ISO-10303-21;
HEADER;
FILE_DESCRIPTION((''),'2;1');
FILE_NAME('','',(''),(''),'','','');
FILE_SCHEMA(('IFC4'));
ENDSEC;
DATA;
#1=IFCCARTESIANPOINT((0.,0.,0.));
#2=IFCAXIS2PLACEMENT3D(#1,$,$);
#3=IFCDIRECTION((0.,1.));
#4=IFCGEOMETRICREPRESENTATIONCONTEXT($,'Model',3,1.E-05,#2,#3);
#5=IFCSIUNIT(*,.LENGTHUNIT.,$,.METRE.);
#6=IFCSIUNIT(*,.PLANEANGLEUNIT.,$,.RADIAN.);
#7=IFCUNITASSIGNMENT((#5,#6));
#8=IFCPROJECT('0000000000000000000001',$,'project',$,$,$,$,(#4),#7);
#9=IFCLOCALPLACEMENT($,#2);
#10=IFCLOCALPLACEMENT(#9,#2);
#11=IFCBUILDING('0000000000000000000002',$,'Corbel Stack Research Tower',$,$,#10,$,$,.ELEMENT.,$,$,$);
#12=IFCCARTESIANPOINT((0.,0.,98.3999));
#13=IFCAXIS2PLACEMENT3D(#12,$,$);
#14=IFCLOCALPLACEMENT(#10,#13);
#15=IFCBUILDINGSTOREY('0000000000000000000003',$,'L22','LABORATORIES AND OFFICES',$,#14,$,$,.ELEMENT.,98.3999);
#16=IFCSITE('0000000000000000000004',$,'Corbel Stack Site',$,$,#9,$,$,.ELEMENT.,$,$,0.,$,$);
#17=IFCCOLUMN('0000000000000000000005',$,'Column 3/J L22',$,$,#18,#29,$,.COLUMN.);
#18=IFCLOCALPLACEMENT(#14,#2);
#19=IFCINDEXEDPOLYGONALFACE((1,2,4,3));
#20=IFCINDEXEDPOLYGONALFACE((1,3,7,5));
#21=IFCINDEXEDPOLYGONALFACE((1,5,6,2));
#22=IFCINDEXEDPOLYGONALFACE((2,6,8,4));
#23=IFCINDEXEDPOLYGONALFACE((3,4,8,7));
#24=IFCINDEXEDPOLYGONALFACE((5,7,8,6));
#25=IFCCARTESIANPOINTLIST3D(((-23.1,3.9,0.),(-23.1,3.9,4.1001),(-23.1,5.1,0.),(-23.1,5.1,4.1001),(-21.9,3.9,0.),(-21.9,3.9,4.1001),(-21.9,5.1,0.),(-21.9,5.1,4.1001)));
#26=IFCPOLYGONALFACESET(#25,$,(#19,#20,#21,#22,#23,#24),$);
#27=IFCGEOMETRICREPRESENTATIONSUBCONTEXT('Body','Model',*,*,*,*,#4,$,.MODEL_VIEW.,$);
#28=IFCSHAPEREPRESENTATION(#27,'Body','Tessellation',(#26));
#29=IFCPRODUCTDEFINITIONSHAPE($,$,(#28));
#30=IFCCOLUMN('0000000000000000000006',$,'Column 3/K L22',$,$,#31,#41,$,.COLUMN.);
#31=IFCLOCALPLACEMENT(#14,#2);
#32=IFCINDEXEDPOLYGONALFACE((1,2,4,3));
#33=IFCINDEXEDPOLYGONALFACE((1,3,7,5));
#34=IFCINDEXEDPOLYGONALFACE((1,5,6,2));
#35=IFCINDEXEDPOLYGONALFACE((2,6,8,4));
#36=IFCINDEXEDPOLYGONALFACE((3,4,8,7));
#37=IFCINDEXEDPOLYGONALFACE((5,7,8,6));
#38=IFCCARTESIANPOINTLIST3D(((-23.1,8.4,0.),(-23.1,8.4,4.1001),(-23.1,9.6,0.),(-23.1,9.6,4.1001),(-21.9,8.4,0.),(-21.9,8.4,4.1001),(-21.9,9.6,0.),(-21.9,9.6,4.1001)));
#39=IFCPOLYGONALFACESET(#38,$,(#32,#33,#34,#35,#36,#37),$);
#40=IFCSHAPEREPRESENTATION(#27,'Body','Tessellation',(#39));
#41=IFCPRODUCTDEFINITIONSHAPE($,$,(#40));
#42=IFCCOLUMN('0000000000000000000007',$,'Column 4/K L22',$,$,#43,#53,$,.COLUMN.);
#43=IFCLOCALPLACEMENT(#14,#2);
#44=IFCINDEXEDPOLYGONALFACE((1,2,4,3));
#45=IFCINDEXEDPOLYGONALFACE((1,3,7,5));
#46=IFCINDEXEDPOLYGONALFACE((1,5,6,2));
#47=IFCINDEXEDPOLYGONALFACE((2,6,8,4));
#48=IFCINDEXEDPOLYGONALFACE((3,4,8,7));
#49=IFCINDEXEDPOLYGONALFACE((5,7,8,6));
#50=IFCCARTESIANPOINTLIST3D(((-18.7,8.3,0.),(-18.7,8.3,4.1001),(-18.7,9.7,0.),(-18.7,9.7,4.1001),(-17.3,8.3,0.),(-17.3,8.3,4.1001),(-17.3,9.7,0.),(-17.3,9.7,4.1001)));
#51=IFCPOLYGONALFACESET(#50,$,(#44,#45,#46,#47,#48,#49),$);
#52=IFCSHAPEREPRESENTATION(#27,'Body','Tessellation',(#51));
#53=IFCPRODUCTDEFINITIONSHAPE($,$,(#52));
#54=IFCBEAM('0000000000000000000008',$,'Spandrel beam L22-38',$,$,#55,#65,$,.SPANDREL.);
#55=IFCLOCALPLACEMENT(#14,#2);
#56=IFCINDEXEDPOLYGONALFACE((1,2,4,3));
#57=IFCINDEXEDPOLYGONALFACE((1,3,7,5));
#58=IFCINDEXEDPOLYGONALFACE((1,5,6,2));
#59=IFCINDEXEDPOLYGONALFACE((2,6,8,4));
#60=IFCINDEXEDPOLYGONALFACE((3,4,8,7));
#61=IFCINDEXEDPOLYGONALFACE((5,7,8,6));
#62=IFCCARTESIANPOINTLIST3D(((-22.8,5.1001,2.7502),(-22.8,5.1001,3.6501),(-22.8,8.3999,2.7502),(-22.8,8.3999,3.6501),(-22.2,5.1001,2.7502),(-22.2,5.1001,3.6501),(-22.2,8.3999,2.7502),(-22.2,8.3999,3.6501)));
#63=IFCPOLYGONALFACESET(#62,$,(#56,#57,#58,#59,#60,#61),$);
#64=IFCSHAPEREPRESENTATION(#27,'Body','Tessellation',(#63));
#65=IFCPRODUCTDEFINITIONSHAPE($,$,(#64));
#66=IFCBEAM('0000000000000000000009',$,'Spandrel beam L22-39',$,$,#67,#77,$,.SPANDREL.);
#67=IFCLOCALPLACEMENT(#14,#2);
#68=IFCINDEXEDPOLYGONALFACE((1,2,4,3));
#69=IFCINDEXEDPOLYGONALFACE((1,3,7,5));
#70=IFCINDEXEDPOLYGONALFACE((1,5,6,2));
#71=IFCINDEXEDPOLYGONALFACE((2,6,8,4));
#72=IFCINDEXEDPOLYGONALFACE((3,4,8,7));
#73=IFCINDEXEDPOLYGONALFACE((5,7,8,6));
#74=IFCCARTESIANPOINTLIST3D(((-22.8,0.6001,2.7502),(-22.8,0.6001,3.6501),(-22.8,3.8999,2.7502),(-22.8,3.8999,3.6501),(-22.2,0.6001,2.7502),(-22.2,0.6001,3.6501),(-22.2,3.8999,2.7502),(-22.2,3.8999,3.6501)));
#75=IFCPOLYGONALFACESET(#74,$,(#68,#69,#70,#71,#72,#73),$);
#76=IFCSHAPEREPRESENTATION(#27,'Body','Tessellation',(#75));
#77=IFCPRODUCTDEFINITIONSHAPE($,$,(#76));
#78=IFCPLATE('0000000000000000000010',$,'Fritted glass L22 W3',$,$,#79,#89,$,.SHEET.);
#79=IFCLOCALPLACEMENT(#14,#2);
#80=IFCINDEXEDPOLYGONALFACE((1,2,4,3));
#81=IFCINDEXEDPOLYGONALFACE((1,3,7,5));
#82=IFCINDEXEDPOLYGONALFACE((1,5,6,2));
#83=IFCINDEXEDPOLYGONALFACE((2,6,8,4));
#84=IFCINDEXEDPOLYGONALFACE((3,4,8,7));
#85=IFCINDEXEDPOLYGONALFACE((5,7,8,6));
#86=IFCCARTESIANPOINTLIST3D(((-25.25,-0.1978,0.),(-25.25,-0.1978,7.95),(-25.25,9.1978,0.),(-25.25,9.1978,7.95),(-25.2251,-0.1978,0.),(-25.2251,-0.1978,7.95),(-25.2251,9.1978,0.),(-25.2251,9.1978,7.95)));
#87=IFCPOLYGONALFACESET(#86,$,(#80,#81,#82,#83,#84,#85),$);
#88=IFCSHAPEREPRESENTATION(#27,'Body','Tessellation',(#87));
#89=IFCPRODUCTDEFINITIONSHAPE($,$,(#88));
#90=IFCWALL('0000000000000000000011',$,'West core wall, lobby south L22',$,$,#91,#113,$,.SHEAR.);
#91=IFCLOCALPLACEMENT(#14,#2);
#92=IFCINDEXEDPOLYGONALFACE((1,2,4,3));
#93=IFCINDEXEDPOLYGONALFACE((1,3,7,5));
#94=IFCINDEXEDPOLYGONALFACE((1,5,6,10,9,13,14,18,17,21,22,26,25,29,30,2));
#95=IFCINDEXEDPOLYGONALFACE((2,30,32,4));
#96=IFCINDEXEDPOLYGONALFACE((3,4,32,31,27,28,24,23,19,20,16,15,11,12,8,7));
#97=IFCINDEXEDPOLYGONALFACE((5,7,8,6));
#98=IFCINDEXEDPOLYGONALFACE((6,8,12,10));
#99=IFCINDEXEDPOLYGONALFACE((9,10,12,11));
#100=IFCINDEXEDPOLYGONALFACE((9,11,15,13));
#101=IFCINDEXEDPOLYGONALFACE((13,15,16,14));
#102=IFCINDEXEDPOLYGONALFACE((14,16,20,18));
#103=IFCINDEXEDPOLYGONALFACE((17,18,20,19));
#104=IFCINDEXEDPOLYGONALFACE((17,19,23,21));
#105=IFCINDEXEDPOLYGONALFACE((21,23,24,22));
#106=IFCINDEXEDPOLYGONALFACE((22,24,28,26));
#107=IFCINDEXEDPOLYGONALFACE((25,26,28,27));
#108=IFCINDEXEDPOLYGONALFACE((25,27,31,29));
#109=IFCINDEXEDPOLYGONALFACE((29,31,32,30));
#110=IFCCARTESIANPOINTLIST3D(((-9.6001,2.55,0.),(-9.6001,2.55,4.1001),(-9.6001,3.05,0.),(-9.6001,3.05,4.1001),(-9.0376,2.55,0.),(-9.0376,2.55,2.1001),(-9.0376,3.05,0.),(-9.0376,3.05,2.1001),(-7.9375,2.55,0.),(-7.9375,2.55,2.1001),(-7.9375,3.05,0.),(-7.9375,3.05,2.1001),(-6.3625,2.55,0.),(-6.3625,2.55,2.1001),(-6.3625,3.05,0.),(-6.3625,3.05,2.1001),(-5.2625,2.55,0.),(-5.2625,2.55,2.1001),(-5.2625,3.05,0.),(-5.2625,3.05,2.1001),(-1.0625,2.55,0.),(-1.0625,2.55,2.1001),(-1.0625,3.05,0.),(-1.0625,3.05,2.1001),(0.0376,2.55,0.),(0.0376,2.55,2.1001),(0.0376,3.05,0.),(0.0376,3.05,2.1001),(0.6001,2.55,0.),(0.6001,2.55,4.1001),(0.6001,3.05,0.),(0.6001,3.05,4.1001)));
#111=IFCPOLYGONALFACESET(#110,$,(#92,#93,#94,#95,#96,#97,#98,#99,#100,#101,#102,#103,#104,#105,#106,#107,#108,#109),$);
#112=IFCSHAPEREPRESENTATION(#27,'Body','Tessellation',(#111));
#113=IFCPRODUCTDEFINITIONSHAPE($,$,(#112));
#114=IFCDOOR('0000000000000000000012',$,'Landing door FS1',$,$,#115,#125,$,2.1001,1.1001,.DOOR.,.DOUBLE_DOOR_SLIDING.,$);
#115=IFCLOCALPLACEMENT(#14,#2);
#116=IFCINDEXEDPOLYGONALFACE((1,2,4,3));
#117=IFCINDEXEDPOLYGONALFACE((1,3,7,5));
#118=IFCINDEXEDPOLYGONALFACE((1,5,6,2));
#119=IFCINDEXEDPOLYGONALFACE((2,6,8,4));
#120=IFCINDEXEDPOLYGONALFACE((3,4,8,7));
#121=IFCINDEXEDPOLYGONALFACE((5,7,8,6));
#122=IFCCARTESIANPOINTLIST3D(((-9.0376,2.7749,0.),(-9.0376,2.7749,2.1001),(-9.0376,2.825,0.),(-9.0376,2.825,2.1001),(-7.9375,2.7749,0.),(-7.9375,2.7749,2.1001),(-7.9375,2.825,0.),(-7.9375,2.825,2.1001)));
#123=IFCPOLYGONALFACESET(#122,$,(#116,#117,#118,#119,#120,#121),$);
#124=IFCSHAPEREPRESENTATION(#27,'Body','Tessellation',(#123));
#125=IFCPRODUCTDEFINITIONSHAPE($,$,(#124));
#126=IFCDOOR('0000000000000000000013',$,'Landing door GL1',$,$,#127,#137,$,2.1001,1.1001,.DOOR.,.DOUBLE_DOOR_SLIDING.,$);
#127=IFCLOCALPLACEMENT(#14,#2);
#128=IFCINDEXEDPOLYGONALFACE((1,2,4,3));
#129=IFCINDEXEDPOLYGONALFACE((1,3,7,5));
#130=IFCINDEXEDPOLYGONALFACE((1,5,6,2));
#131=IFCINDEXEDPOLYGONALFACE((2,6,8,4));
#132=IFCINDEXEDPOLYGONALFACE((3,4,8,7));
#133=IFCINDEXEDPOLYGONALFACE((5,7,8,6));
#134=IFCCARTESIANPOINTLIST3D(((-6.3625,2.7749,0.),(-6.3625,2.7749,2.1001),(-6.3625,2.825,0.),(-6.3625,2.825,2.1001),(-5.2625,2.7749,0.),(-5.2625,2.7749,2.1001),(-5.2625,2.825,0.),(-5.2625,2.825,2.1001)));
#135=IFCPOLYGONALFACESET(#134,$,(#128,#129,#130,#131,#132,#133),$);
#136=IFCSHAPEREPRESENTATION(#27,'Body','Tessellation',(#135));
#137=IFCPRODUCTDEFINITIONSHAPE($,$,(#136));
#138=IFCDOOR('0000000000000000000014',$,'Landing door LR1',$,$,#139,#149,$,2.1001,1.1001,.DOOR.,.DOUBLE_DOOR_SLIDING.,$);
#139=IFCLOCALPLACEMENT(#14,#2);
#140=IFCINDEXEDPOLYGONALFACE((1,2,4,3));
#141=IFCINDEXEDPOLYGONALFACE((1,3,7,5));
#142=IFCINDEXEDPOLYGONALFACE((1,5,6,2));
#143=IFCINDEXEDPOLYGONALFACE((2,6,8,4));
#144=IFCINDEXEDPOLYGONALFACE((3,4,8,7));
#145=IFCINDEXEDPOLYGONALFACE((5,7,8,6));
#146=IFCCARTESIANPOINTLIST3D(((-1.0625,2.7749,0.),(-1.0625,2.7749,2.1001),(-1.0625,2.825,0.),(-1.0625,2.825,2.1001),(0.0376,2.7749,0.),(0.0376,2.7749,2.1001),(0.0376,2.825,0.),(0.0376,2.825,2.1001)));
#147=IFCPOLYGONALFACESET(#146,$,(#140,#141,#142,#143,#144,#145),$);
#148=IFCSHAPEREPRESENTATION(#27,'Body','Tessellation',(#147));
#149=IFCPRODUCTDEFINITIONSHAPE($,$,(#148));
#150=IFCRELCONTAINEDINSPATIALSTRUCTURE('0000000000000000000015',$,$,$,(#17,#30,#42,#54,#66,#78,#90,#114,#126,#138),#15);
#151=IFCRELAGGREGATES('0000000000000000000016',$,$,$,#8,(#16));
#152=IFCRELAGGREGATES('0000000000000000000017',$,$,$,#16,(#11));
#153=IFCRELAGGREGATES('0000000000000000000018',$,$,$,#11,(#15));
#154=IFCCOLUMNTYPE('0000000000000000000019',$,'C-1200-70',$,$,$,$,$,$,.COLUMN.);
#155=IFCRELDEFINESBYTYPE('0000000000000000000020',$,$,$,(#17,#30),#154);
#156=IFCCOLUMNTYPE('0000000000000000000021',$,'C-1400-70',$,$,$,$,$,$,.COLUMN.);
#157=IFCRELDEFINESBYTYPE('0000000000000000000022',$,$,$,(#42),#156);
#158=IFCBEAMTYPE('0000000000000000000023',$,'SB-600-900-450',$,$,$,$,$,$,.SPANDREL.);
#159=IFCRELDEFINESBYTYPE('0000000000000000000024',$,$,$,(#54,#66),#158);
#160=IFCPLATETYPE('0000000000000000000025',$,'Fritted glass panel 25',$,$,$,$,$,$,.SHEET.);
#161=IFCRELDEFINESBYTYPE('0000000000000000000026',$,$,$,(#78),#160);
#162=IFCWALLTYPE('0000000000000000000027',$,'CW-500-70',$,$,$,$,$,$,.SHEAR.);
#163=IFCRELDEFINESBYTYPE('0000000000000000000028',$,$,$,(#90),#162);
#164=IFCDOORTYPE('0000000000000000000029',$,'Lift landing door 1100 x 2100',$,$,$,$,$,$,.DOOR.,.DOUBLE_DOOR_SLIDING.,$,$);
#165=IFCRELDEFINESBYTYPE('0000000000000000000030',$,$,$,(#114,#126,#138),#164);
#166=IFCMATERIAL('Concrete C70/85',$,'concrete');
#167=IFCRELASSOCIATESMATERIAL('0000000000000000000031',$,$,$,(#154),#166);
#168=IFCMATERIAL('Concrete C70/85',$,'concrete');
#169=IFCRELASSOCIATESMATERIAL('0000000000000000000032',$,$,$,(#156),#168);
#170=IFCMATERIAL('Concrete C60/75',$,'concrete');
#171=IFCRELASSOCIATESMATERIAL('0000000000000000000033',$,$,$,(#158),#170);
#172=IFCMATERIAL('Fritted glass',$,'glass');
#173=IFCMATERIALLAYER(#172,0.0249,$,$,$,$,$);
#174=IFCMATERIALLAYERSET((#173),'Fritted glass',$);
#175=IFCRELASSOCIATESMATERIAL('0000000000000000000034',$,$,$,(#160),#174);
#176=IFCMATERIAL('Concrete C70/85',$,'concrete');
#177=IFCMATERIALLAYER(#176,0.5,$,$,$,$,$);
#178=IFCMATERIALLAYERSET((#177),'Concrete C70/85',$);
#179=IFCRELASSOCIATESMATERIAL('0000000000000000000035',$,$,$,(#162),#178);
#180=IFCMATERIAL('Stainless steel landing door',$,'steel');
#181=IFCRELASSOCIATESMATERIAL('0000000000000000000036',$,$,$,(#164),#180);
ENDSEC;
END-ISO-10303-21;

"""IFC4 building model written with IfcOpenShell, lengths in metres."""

from ifc_helpers import new_model, si_unit, direction, frame, frame_2d, origin, origin_2d, place, context, subcontext, project, spatial, rectangle, extrude, material, layer, layer_set, material_profile, profile_set, type_object, element, fill, save


model = new_model("IFC4")

# Units and contexts
model_context = context("Model", 3, precision=1e-05, world=origin(), true_north=direction((0.0, 1.0)))
body_context = subcontext(model_context, "Body", "Model", "MODEL_VIEW")
ifc_project = project(units=[si_unit("LENGTHUNIT", "METRE"), si_unit("PLANEANGLEUNIT", "RADIAN")], contexts=[model_context])

# Site, building, storey
site_placement = place(None, origin())
site = spatial("IfcSite", under=ifc_project, at=site_placement, Name="Corbel Stack Site", CompositionType="ELEMENT", RefElevation=0.0)
building_placement = place(site_placement, origin())
building = spatial("IfcBuilding", under=site, at=building_placement, Name="Corbel Stack Research Tower", CompositionType="ELEMENT")
storey_placement = place(building_placement, frame((0.0, 0.0, 98.3999)))
storey = spatial("IfcBuildingStorey", under=building, at=storey_placement, Name="L22", Description="LABORATORIES AND OFFICES", CompositionType="ELEMENT", Elevation=98.3999)

# Columns
ifc_material_1 = material(Name="Concrete C70/85", Category="concrete")
ifc_material_profile_1 = material_profile(ifc_material_1, rectangle(XDim=1.2, YDim=1.2, at=origin_2d()), Name="RC 1200 x 1200")
ifc_profile_set_1 = profile_set([ifc_material_profile_1], Name="Concrete C70/85")
column_type_1 = type_object("IfcColumnType", Name="C-1200-70", PredefinedType="COLUMN", material=ifc_profile_set_1)
for number, where, z_axis, x_axis, name in (
    (1, (-22.5, 4.5, 0.0), (0.0, 0.0, 1.0), (1.0, 0.0, 0.0), "Column 3/J L22"),
    (2, (-22.5, 9.0, 0.0), (0.0, 0.0, 1.0), (1.0, 0.0, 0.0), "Column 3/K L22"),
):
    element("IfcColumn", number, at=place(storey_placement, frame(where, z_axis=z_axis, x_axis=x_axis)), inside=storey, type_object=column_type_1, Name=name, PredefinedType="COLUMN", context=body_context, shape_type="SweptSolid", body=[
        extrude(rectangle(XDim=1.2, YDim=1.2, at=origin_2d()), origin(), (0.0, 0.0, 1.0), 4.1001),
    ])
ifc_material_2 = material(Name="Concrete C70/85", Category="concrete")
ifc_material_profile_2 = material_profile(ifc_material_2, rectangle(XDim=1.3999, YDim=1.3999, at=origin_2d()), Name="RC 1400 x 1400")
ifc_profile_set_2 = profile_set([ifc_material_profile_2], Name="Concrete C70/85")
column_type_2 = type_object("IfcColumnType", Name="C-1400-70", PredefinedType="COLUMN", material=ifc_profile_set_2)
column_placement = place(storey_placement, frame((-18.0, 9.0, 0.0), z_axis=(0.0, 0.0, 1.0), x_axis=(1.0, 0.0, 0.0)))
element("IfcColumn", 3, at=column_placement, inside=storey, type_object=column_type_2, Name="Column 4/K L22", PredefinedType="COLUMN", context=body_context, shape_type="SweptSolid", body=[
    extrude(rectangle(XDim=1.3999, YDim=1.3999, at=origin_2d()), origin(), (0.0, 0.0, 1.0), 4.1001),
])

# Beams
ifc_material_3 = material(Name="Concrete C60/75", Category="concrete")
ifc_material_profile_3 = material_profile(ifc_material_3, rectangle(XDim=0.6001, YDim=0.8999, at=origin_2d()), Name="RC 600 x 900")
ifc_profile_set_3 = profile_set([ifc_material_profile_3], Name="Concrete C60/75")
beam_type = type_object("IfcBeamType", Name="SB-600-900-450", PredefinedType="SPANDREL", material=ifc_profile_set_3)
for number, where, z_axis, x_axis, name in (
    (4, (-22.5, 8.3999, 3.2002), (0.0, -1.0, 0.0), (1.0, 0.0, 0.0), "Spandrel beam L22-38"),
    (5, (-22.5, 3.8999, 3.2002), (0.0, -1.0, 0.0), (1.0, 0.0, 0.0), "Spandrel beam L22-39"),
):
    element("IfcBeam", number, at=place(storey_placement, frame(where, z_axis=z_axis, x_axis=x_axis)), inside=storey, type_object=beam_type, Name=name, PredefinedType="SPANDREL", context=body_context, shape_type="SweptSolid", body=[
        extrude(rectangle(XDim=0.6001, YDim=0.8999, at=origin_2d()), origin(), (0.0, 0.0, 1.0), 3.2998),
    ])

# Plate
ifc_material_4 = material(Name="Fritted glass", Category="glass")
ifc_layer_1 = layer(ifc_material_4, 0.0249)
ifc_layer_set_1 = layer_set([ifc_layer_1], Name="Fritted glass")
plate_type = type_object("IfcPlateType", Name="Fritted glass panel 25", PredefinedType="SHEET", material=ifc_layer_set_1)
plate_placement = place(storey_placement, frame((-25.2375, 4.5, 0.0), z_axis=(0.0, 0.0, 1.0), x_axis=(0.0, -1.0, 0.0)))
element("IfcPlate", 6, at=plate_placement, inside=storey, type_object=plate_type, Name="Fritted glass L22 W3", PredefinedType="SHEET", context=body_context, shape_type="SweptSolid", body=[
    extrude(rectangle(XDim=9.3955, YDim=0.0249, at=origin_2d()), origin(), (0.0, 0.0, 1.0), 7.95),
])

# Wall, openings, doors
ifc_material_5 = material(Name="Concrete C70/85", Category="concrete")
ifc_layer_2 = layer(ifc_material_5, 0.5)
ifc_layer_set_2 = layer_set([ifc_layer_2], Name="Concrete C70/85")
wall_type_1 = type_object("IfcWallType", Name="CW-500-70", PredefinedType="SHEAR", material=ifc_layer_set_2)
wall_1_placement = place(storey_placement, frame((-9.6001, 2.8, 0.0), z_axis=(0.0, 0.0, 1.0), x_axis=(1.0, 0.0, 0.0)))
wall_1 = element("IfcWall", 7, at=wall_1_placement, inside=storey, type_object=wall_type_1, Name="West core wall, lobby south L22", PredefinedType="SHEAR", context=body_context, shape_type="SweptSolid", body=[
    extrude(rectangle(XDim=10.2002, YDim=0.5, at=frame_2d((5.1001, 0.0))), origin(), (0.0, 0.0, 1.0), 4.1001),
])
opening_1_placement = place(wall_1_placement, frame((0.5625, 0.0, 0.0)))
opening_1 = element("IfcOpeningElement", 8, at=opening_1_placement, cuts=wall_1, PredefinedType="OPENING", context=body_context, shape_type="SweptSolid", body=[
    extrude(rectangle(XDim=1.1001, YDim=2.1001, at=frame_2d((0.55, 1.05))), frame((0.0, 0.26, 0.0), z_axis=(0.0, -1.0, 0.0), x_axis=(1.0, 0.0, 0.0)), (0.0, 0.0, 1.0), 0.52),
])
opening_2_placement = place(wall_1_placement, frame((3.2375, 0.0, 0.0)))
opening_2 = element("IfcOpeningElement", 9, at=opening_2_placement, cuts=wall_1, PredefinedType="OPENING", context=body_context, shape_type="SweptSolid", body=[
    extrude(rectangle(XDim=1.1001, YDim=2.1001, at=frame_2d((0.55, 1.05))), frame((0.0, 0.26, 0.0), z_axis=(0.0, -1.0, 0.0), x_axis=(1.0, 0.0, 0.0)), (0.0, 0.0, 1.0), 0.52),
])
opening_3_placement = place(wall_1_placement, frame((8.5376, 0.0, 0.0)))
opening_3 = element("IfcOpeningElement", 10, at=opening_3_placement, cuts=wall_1, PredefinedType="OPENING", context=body_context, shape_type="SweptSolid", body=[
    extrude(rectangle(XDim=1.1001, YDim=2.1001, at=frame_2d((0.55, 1.05))), frame((0.0, 0.26, 0.0), z_axis=(0.0, -1.0, 0.0), x_axis=(1.0, 0.0, 0.0)), (0.0, 0.0, 1.0), 0.52),
])
ifc_material_6 = material(Name="Stainless steel landing door", Category="steel")
door_type_1 = type_object("IfcDoorType", Name="Lift landing door 1100 x 2100", OperationType="DOUBLE_DOOR_SLIDING", PredefinedType="DOOR", material=ifc_material_6)
door_1_placement = place(opening_1_placement, origin())
door_1 = element("IfcDoor", 11, at=door_1_placement, inside=storey, type_object=door_type_1, Name="Landing door FS1", OperationType="DOUBLE_DOOR_SLIDING", OverallHeight=2.1001, OverallWidth=1.1001, PredefinedType="DOOR", context=body_context, shape_type="SweptSolid", body=[
    extrude(rectangle(XDim=1.1001, YDim=2.1001, at=frame_2d((0.55, 1.05))), frame((0.0, 0.0249, 0.0), z_axis=(0.0, -1.0, 0.0), x_axis=(1.0, 0.0, 0.0)), (0.0, 0.0, 1.0), 0.05),
])
fill(opening_1, door_1)
door_2_placement = place(opening_2_placement, origin())
door_2 = element("IfcDoor", 12, at=door_2_placement, inside=storey, type_object=door_type_1, Name="Landing door GL1", OperationType="DOUBLE_DOOR_SLIDING", OverallHeight=2.1001, OverallWidth=1.1001, PredefinedType="DOOR", context=body_context, shape_type="SweptSolid", body=[
    extrude(rectangle(XDim=1.1001, YDim=2.1001, at=frame_2d((0.55, 1.05))), frame((0.0, 0.0249, 0.0), z_axis=(0.0, -1.0, 0.0), x_axis=(1.0, 0.0, 0.0)), (0.0, 0.0, 1.0), 0.05),
])
fill(opening_2, door_2)
door_3_placement = place(opening_3_placement, origin())
door_3 = element("IfcDoor", 13, at=door_3_placement, inside=storey, type_object=door_type_1, Name="Landing door LR1", OperationType="DOUBLE_DOOR_SLIDING", OverallHeight=2.1001, OverallWidth=1.1001, PredefinedType="DOOR", context=body_context, shape_type="SweptSolid", body=[
    extrude(rectangle(XDim=1.1001, YDim=2.1001, at=frame_2d((0.55, 1.05))), frame((0.0, 0.0249, 0.0), z_axis=(0.0, -1.0, 0.0), x_axis=(1.0, 0.0, 0.0)), (0.0, 0.0, 1.0), 0.05),
])
fill(opening_3, door_3)

save(model, "model.ifc")
